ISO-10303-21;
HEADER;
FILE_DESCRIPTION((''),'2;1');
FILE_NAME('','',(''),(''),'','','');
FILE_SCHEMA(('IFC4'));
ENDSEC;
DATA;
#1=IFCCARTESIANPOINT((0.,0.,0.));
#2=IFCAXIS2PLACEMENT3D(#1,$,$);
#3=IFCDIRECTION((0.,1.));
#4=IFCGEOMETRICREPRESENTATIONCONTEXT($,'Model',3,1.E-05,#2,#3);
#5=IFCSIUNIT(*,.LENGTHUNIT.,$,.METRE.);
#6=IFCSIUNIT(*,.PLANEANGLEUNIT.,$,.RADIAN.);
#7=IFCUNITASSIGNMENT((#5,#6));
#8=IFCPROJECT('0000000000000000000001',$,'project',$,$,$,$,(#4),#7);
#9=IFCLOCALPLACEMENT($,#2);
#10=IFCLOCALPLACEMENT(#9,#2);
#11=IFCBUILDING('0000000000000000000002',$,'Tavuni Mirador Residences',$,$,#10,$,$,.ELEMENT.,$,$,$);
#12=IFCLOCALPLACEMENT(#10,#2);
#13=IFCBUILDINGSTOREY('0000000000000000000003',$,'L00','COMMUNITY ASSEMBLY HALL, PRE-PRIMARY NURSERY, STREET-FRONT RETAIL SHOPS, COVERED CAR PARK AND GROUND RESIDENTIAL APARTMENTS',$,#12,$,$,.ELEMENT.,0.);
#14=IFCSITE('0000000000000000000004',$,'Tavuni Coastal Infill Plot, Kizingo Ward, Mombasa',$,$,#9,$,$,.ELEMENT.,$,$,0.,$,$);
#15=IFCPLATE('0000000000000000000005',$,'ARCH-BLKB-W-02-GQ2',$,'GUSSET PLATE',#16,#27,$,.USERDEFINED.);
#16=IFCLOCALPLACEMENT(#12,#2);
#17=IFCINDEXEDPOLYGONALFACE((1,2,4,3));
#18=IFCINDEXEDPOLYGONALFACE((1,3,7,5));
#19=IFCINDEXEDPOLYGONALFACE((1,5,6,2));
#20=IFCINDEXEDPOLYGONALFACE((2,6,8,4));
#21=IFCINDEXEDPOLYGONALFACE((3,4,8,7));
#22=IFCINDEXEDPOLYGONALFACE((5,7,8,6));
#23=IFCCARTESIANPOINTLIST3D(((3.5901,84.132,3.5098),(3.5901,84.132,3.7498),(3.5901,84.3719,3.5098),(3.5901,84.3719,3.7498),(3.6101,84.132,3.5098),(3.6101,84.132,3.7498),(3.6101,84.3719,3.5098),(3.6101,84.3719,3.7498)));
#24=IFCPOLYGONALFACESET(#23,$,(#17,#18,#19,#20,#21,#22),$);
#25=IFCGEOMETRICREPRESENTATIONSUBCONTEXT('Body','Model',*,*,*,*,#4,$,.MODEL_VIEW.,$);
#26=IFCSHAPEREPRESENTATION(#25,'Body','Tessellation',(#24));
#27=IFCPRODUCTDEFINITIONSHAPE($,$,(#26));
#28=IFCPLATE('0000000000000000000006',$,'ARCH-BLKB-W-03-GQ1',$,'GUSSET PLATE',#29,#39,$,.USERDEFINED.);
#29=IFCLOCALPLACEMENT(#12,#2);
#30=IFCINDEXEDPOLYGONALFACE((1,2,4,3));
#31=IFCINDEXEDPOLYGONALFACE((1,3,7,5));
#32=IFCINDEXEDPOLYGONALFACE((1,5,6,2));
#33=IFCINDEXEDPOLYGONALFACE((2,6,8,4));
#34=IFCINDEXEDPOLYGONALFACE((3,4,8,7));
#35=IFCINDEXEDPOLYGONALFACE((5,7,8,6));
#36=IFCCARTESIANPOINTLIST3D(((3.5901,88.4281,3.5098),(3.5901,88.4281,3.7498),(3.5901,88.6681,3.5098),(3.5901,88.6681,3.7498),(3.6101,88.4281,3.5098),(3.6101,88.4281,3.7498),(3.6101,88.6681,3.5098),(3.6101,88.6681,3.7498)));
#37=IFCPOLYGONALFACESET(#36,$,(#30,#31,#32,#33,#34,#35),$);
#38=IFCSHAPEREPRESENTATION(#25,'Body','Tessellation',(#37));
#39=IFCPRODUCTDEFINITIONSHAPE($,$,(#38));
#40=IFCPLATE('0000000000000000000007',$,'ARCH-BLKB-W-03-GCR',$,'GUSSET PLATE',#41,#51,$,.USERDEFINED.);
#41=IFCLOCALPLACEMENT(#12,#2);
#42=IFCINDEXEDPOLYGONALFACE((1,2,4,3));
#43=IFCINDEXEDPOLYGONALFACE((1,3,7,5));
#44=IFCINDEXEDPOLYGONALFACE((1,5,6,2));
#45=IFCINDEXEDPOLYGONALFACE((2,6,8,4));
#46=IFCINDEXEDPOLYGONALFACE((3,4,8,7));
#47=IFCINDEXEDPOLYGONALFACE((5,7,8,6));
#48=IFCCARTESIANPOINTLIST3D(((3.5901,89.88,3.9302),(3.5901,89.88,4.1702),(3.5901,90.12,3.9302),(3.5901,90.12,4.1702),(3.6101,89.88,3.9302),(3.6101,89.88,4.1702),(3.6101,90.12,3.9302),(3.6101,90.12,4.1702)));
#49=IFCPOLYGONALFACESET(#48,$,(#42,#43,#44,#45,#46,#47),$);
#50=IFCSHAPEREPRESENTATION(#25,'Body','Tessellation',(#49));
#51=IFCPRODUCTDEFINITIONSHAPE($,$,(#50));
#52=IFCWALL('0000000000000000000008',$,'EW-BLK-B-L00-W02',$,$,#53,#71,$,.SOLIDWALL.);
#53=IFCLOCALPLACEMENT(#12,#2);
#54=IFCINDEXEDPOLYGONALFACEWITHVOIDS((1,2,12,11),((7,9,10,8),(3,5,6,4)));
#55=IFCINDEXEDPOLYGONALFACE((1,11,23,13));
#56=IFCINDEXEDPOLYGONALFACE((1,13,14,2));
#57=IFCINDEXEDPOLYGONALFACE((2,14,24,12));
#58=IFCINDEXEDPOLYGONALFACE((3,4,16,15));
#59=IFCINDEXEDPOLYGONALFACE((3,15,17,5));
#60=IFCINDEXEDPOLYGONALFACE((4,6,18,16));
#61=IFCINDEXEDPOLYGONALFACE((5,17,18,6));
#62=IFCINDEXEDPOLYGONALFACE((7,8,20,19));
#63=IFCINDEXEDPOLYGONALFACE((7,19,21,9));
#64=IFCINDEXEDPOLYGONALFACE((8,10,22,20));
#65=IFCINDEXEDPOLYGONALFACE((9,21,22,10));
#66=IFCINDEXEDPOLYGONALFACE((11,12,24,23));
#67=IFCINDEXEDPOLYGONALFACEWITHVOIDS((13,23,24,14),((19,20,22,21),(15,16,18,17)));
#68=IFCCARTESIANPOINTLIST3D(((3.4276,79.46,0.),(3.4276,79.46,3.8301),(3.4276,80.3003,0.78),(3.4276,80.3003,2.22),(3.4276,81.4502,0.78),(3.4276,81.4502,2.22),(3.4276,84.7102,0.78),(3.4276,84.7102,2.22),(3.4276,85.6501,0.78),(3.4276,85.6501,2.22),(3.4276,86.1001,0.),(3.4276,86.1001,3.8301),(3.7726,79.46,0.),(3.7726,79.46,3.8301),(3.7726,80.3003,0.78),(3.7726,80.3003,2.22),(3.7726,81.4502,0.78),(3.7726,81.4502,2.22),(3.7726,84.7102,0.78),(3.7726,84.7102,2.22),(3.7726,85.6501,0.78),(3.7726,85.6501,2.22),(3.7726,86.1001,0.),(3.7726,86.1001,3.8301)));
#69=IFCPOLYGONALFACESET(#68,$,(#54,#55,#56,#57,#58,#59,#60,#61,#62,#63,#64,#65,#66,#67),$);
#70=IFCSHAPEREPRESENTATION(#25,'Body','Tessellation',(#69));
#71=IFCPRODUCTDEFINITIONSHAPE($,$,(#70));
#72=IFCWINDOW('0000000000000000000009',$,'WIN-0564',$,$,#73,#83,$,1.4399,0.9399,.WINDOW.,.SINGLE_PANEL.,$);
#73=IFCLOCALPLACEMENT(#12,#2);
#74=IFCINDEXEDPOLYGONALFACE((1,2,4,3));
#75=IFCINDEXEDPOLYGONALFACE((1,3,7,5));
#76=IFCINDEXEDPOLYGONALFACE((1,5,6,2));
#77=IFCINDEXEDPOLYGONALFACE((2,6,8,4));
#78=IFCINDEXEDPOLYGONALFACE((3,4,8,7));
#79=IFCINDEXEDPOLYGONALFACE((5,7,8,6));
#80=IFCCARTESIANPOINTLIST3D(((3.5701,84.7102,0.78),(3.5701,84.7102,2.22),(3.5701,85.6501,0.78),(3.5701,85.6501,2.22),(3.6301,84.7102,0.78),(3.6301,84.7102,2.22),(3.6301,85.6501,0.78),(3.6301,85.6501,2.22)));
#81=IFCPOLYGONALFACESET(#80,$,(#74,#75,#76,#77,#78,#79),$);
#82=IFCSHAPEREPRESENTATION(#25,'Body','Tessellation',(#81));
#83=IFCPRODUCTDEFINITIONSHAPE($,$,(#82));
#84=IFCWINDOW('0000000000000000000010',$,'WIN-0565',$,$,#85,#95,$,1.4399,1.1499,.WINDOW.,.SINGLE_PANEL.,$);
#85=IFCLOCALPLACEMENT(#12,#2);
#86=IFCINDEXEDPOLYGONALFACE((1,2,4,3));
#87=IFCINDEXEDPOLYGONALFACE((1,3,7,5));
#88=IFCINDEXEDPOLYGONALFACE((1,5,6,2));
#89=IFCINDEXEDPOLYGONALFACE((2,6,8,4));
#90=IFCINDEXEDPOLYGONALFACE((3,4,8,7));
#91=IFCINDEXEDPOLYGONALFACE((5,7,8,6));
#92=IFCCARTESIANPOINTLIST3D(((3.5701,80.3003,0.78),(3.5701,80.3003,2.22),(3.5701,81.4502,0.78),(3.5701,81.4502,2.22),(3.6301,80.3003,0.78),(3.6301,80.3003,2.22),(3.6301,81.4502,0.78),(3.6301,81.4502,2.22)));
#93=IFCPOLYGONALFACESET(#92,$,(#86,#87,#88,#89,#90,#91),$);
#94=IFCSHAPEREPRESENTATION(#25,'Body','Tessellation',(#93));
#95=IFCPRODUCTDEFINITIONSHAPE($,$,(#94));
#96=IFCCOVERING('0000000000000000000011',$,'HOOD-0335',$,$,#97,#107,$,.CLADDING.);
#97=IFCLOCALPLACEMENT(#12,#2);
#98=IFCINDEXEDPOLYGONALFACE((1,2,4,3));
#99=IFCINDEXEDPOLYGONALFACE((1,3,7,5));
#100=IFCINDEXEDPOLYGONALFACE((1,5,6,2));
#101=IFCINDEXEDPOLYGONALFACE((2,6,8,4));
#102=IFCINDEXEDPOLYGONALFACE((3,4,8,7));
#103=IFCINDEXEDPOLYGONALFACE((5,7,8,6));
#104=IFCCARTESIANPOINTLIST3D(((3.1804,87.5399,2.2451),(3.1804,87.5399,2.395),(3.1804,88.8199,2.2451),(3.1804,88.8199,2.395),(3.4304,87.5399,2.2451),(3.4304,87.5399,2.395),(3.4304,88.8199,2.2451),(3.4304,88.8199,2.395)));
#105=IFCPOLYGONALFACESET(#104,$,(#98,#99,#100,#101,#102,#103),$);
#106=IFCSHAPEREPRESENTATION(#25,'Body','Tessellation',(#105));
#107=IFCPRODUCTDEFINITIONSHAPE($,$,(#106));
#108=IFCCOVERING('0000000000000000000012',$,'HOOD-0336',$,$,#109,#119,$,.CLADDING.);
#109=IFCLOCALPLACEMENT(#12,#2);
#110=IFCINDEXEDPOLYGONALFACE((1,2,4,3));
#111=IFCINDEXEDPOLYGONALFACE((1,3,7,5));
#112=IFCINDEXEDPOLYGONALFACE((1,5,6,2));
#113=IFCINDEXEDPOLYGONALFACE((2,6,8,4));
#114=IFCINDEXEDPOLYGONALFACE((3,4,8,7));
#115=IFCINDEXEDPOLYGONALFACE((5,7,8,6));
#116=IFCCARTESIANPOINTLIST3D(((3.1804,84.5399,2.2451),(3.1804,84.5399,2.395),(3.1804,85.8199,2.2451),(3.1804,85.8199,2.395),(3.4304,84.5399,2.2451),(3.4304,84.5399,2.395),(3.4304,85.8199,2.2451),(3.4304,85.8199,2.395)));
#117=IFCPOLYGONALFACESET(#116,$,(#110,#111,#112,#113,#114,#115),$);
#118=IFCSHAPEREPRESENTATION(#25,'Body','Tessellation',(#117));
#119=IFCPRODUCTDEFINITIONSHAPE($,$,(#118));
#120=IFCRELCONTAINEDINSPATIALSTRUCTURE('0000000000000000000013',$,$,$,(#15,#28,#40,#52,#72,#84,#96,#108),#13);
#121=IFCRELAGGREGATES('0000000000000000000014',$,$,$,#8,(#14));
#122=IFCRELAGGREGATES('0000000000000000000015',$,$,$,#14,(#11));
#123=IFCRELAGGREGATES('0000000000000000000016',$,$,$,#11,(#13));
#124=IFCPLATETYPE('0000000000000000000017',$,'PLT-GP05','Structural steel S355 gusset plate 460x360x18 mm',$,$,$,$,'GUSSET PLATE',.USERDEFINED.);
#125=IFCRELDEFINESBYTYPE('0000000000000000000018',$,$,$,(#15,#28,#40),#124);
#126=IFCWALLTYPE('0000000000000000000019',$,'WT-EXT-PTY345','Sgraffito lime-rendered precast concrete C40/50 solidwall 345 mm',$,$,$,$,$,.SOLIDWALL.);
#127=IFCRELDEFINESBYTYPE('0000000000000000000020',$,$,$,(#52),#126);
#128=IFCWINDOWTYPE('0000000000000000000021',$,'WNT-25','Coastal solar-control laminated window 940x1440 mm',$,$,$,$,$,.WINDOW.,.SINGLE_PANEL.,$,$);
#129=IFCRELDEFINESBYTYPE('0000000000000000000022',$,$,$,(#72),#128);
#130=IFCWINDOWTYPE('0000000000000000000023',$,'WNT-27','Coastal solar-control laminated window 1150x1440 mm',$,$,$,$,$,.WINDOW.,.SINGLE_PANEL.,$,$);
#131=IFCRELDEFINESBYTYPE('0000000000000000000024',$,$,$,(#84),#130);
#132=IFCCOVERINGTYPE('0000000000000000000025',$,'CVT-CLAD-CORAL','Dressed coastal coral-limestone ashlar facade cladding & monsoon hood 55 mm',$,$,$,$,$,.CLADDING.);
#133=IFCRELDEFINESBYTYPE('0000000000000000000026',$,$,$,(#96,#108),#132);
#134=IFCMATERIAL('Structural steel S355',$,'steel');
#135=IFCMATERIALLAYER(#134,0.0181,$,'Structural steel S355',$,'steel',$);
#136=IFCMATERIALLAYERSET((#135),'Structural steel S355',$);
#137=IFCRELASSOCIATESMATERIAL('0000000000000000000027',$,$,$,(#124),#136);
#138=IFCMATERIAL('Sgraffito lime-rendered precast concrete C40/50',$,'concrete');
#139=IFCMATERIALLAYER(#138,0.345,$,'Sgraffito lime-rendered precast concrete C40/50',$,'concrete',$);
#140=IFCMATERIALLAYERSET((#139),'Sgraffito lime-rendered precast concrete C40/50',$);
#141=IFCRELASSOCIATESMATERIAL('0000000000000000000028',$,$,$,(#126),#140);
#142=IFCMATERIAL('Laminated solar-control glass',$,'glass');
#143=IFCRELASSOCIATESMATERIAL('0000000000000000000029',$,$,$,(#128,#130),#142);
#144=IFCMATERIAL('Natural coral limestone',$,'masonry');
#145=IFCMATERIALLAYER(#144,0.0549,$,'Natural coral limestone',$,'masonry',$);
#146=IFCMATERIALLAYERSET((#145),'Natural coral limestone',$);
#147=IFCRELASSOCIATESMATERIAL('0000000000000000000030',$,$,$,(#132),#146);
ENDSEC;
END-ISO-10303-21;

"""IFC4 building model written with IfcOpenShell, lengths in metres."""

from ifc_helpers import new_model, si_unit, direction, frame, frame_2d, origin, origin_2d, place, context, subcontext, project, spatial, rectangle, extrude, material, layer, layer_set, type_object, element, fill, save


model = new_model("IFC4")

# Units and contexts
model_context = context("Model", 3, precision=1e-05, world=origin(), true_north=direction((0.0, 1.0)))
body_context = subcontext(model_context, "Body", "Model", "MODEL_VIEW")
ifc_project = project(units=[si_unit("LENGTHUNIT", "METRE"), si_unit("PLANEANGLEUNIT", "RADIAN")], contexts=[model_context])

# Site, building, storey
site_placement = place(None, origin())
site = spatial("IfcSite", under=ifc_project, at=site_placement, Name="Tavuni Coastal Infill Plot, Kizingo Ward, Mombasa", CompositionType="ELEMENT", RefElevation=0.0)
building_placement = place(site_placement, origin())
building = spatial("IfcBuilding", under=site, at=building_placement, Name="Tavuni Mirador Residences", CompositionType="ELEMENT")
storey_placement = place(building_placement, origin())
storey = spatial("IfcBuildingStorey", under=building, at=storey_placement, Name="L00", Description="COMMUNITY ASSEMBLY HALL, PRE-PRIMARY NURSERY, STREET-FRONT RETAIL SHOPS, COVERED CAR PARK AND GROUND RESIDENTIAL APARTMENTS", CompositionType="ELEMENT", Elevation=0.0)

# Shared definitions
ifc_material_1 = material(Name="Structural steel S355", Category="steel")

# Plates
ifc_layer_1 = layer(ifc_material_1, 0.0181, Name="Structural steel S355", Category="steel")
ifc_layer_set_1 = layer_set([ifc_layer_1], Name="Structural steel S355")
plate_type = type_object("IfcPlateType", Name="PLT-GP05", Description="Structural steel S355 gusset plate 460x360x18 mm", ElementType="GUSSET PLATE", PredefinedType="USERDEFINED", material=ifc_layer_set_1)
for number, where, z_axis, x_axis, name in (
    (1, (3.6001, 84.252, 3.5098), (0.0, 0.0, 1.0), (1.0, 0.0, 0.0), "ARCH-BLKB-W-02-GQ2"),
    (2, (3.6001, 88.5481, 3.5098), (0.0, 0.0, 1.0), (1.0, 0.0, 0.0), "ARCH-BLKB-W-03-GQ1"),
    (3, (3.6001, 90.0, 3.9302), (0.0, 0.0, 1.0), (1.0, 0.0, 0.0), "ARCH-BLKB-W-03-GCR"),
):
    element("IfcPlate", number, at=place(storey_placement, frame(where, z_axis=z_axis, x_axis=x_axis)), inside=storey, type_object=plate_type, Name=name, ObjectType="GUSSET PLATE", PredefinedType="USERDEFINED", context=body_context, shape_type="SweptSolid", body=[
        extrude(rectangle(XDim=0.02, YDim=0.24, at=origin_2d()), origin(), (0.0, 0.0, 1.0), 0.24),
    ])

# Wall, openings, windows
ifc_material_2 = material(Name="Sgraffito lime-rendered precast concrete C40/50", Category="concrete")
ifc_layer_2 = layer(ifc_material_2, 0.345, Name="Sgraffito lime-rendered precast concrete C40/50", Category="concrete")
ifc_layer_set_2 = layer_set([ifc_layer_2], Name="Sgraffito lime-rendered precast concrete C40/50")
wall_type = type_object("IfcWallType", Name="WT-EXT-PTY345", Description="Sgraffito lime-rendered precast concrete C40/50 solidwall 345 mm", PredefinedType="SOLIDWALL", material=ifc_layer_set_2)
wall_placement = place(storey_placement, frame((3.6001, 86.1001, 0.0), z_axis=(0.0, 0.0, 1.0), x_axis=(0.0, -1.0, 0.0)))
wall = element("IfcWall", 4, at=wall_placement, inside=storey, type_object=wall_type, Name="EW-BLK-B-L00-W02", PredefinedType="SOLIDWALL", context=body_context, shape_type="SweptSolid", body=[
    extrude(rectangle(XDim=6.6401, YDim=0.345, at=frame_2d((3.3201, 0.0))), origin(), (0.0, 0.0, 1.0), 3.8301),
])
opening_1_placement = place(wall_placement, frame((0.45, 0.0, 0.78)))
opening_1 = element("IfcOpeningElement", 5, at=opening_1_placement, cuts=wall, PredefinedType="OPENING", context=body_context, shape_type="SweptSolid", body=[
    extrude(rectangle(XDim=0.9399, YDim=1.4399, at=frame_2d((0.47, 0.72))), frame((0.0, 0.1826, 0.0), z_axis=(0.0, -1.0, 0.0), x_axis=(1.0, 0.0, 0.0)), (0.0, 0.0, 1.0), 0.365),
])
opening_2_placement = place(wall_placement, frame((4.6499, 0.0, 0.78)))
opening_2 = element("IfcOpeningElement", 6, at=opening_2_placement, cuts=wall, PredefinedType="OPENING", context=body_context, shape_type="SweptSolid", body=[
    extrude(rectangle(XDim=1.1499, YDim=1.4399, at=frame_2d((0.575, 0.72))), frame((0.0, 0.1826, 0.0), z_axis=(0.0, -1.0, 0.0), x_axis=(1.0, 0.0, 0.0)), (0.0, 0.0, 1.0), 0.365),
])
ifc_material_3 = material(Name="Laminated solar-control glass", Category="glass")
window_type_1 = type_object("IfcWindowType", Name="WNT-25", Description="Coastal solar-control laminated window 940x1440 mm", PartitioningType="SINGLE_PANEL", PredefinedType="WINDOW", material=ifc_material_3)
window_1_placement = place(opening_1_placement, origin())
window_1 = element("IfcWindow", 7, at=window_1_placement, inside=storey, type_object=window_type_1, Name="WIN-0564", OverallHeight=1.4399, OverallWidth=0.9399, PartitioningType="SINGLE_PANEL", PredefinedType="WINDOW", context=body_context, shape_type="SweptSolid", body=[
    extrude(rectangle(XDim=0.9399, YDim=1.4399, at=frame_2d((0.47, 0.72))), frame((0.0, 0.03, 0.0), z_axis=(0.0, -1.0, 0.0), x_axis=(1.0, 0.0, 0.0)), (0.0, 0.0, 1.0), 0.0601),
])
fill(opening_1, window_1)
window_type_2 = type_object("IfcWindowType", Name="WNT-27", Description="Coastal solar-control laminated window 1150x1440 mm", PartitioningType="SINGLE_PANEL", PredefinedType="WINDOW", material=ifc_material_3)
window_2_placement = place(opening_2_placement, origin())
window_2 = element("IfcWindow", 8, at=window_2_placement, inside=storey, type_object=window_type_2, Name="WIN-0565", OverallHeight=1.4399, OverallWidth=1.1499, PartitioningType="SINGLE_PANEL", PredefinedType="WINDOW", context=body_context, shape_type="SweptSolid", body=[
    extrude(rectangle(XDim=1.1499, YDim=1.4399, at=frame_2d((0.575, 0.72))), frame((0.0, 0.03, 0.0), z_axis=(0.0, -1.0, 0.0), x_axis=(1.0, 0.0, 0.0)), (0.0, 0.0, 1.0), 0.0601),
])
fill(opening_2, window_2)

# Coverings
ifc_material_4 = material(Name="Natural coral limestone", Category="masonry")
ifc_layer_3 = layer(ifc_material_4, 0.0549, Name="Natural coral limestone", Category="masonry")
ifc_layer_set_3 = layer_set([ifc_layer_3], Name="Natural coral limestone")
covering_type = type_object("IfcCoveringType", Name="CVT-CLAD-CORAL", Description="Dressed coastal coral-limestone ashlar facade cladding & monsoon hood 55 mm", PredefinedType="CLADDING", material=ifc_layer_set_3)
for number, where, z_axis, x_axis, name in (
    (9, (3.3054, 88.1799, 2.2451), (0.0, 0.0, 1.0), (0.0, -1.0, 0.0), "HOOD-0335"),
    (10, (3.3054, 85.1799, 2.2451), (0.0, 0.0, 1.0), (0.0, -1.0, 0.0), "HOOD-0336"),
):
    element("IfcCovering", number, at=place(storey_placement, frame(where, z_axis=z_axis, x_axis=x_axis)), inside=storey, type_object=covering_type, Name=name, PredefinedType="CLADDING", context=body_context, shape_type="SweptSolid", body=[
        extrude(rectangle(XDim=1.28, YDim=0.25, at=origin_2d()), origin(), (0.0, 0.0, 1.0), 0.1499),
    ])

save(model, "model.ifc")
